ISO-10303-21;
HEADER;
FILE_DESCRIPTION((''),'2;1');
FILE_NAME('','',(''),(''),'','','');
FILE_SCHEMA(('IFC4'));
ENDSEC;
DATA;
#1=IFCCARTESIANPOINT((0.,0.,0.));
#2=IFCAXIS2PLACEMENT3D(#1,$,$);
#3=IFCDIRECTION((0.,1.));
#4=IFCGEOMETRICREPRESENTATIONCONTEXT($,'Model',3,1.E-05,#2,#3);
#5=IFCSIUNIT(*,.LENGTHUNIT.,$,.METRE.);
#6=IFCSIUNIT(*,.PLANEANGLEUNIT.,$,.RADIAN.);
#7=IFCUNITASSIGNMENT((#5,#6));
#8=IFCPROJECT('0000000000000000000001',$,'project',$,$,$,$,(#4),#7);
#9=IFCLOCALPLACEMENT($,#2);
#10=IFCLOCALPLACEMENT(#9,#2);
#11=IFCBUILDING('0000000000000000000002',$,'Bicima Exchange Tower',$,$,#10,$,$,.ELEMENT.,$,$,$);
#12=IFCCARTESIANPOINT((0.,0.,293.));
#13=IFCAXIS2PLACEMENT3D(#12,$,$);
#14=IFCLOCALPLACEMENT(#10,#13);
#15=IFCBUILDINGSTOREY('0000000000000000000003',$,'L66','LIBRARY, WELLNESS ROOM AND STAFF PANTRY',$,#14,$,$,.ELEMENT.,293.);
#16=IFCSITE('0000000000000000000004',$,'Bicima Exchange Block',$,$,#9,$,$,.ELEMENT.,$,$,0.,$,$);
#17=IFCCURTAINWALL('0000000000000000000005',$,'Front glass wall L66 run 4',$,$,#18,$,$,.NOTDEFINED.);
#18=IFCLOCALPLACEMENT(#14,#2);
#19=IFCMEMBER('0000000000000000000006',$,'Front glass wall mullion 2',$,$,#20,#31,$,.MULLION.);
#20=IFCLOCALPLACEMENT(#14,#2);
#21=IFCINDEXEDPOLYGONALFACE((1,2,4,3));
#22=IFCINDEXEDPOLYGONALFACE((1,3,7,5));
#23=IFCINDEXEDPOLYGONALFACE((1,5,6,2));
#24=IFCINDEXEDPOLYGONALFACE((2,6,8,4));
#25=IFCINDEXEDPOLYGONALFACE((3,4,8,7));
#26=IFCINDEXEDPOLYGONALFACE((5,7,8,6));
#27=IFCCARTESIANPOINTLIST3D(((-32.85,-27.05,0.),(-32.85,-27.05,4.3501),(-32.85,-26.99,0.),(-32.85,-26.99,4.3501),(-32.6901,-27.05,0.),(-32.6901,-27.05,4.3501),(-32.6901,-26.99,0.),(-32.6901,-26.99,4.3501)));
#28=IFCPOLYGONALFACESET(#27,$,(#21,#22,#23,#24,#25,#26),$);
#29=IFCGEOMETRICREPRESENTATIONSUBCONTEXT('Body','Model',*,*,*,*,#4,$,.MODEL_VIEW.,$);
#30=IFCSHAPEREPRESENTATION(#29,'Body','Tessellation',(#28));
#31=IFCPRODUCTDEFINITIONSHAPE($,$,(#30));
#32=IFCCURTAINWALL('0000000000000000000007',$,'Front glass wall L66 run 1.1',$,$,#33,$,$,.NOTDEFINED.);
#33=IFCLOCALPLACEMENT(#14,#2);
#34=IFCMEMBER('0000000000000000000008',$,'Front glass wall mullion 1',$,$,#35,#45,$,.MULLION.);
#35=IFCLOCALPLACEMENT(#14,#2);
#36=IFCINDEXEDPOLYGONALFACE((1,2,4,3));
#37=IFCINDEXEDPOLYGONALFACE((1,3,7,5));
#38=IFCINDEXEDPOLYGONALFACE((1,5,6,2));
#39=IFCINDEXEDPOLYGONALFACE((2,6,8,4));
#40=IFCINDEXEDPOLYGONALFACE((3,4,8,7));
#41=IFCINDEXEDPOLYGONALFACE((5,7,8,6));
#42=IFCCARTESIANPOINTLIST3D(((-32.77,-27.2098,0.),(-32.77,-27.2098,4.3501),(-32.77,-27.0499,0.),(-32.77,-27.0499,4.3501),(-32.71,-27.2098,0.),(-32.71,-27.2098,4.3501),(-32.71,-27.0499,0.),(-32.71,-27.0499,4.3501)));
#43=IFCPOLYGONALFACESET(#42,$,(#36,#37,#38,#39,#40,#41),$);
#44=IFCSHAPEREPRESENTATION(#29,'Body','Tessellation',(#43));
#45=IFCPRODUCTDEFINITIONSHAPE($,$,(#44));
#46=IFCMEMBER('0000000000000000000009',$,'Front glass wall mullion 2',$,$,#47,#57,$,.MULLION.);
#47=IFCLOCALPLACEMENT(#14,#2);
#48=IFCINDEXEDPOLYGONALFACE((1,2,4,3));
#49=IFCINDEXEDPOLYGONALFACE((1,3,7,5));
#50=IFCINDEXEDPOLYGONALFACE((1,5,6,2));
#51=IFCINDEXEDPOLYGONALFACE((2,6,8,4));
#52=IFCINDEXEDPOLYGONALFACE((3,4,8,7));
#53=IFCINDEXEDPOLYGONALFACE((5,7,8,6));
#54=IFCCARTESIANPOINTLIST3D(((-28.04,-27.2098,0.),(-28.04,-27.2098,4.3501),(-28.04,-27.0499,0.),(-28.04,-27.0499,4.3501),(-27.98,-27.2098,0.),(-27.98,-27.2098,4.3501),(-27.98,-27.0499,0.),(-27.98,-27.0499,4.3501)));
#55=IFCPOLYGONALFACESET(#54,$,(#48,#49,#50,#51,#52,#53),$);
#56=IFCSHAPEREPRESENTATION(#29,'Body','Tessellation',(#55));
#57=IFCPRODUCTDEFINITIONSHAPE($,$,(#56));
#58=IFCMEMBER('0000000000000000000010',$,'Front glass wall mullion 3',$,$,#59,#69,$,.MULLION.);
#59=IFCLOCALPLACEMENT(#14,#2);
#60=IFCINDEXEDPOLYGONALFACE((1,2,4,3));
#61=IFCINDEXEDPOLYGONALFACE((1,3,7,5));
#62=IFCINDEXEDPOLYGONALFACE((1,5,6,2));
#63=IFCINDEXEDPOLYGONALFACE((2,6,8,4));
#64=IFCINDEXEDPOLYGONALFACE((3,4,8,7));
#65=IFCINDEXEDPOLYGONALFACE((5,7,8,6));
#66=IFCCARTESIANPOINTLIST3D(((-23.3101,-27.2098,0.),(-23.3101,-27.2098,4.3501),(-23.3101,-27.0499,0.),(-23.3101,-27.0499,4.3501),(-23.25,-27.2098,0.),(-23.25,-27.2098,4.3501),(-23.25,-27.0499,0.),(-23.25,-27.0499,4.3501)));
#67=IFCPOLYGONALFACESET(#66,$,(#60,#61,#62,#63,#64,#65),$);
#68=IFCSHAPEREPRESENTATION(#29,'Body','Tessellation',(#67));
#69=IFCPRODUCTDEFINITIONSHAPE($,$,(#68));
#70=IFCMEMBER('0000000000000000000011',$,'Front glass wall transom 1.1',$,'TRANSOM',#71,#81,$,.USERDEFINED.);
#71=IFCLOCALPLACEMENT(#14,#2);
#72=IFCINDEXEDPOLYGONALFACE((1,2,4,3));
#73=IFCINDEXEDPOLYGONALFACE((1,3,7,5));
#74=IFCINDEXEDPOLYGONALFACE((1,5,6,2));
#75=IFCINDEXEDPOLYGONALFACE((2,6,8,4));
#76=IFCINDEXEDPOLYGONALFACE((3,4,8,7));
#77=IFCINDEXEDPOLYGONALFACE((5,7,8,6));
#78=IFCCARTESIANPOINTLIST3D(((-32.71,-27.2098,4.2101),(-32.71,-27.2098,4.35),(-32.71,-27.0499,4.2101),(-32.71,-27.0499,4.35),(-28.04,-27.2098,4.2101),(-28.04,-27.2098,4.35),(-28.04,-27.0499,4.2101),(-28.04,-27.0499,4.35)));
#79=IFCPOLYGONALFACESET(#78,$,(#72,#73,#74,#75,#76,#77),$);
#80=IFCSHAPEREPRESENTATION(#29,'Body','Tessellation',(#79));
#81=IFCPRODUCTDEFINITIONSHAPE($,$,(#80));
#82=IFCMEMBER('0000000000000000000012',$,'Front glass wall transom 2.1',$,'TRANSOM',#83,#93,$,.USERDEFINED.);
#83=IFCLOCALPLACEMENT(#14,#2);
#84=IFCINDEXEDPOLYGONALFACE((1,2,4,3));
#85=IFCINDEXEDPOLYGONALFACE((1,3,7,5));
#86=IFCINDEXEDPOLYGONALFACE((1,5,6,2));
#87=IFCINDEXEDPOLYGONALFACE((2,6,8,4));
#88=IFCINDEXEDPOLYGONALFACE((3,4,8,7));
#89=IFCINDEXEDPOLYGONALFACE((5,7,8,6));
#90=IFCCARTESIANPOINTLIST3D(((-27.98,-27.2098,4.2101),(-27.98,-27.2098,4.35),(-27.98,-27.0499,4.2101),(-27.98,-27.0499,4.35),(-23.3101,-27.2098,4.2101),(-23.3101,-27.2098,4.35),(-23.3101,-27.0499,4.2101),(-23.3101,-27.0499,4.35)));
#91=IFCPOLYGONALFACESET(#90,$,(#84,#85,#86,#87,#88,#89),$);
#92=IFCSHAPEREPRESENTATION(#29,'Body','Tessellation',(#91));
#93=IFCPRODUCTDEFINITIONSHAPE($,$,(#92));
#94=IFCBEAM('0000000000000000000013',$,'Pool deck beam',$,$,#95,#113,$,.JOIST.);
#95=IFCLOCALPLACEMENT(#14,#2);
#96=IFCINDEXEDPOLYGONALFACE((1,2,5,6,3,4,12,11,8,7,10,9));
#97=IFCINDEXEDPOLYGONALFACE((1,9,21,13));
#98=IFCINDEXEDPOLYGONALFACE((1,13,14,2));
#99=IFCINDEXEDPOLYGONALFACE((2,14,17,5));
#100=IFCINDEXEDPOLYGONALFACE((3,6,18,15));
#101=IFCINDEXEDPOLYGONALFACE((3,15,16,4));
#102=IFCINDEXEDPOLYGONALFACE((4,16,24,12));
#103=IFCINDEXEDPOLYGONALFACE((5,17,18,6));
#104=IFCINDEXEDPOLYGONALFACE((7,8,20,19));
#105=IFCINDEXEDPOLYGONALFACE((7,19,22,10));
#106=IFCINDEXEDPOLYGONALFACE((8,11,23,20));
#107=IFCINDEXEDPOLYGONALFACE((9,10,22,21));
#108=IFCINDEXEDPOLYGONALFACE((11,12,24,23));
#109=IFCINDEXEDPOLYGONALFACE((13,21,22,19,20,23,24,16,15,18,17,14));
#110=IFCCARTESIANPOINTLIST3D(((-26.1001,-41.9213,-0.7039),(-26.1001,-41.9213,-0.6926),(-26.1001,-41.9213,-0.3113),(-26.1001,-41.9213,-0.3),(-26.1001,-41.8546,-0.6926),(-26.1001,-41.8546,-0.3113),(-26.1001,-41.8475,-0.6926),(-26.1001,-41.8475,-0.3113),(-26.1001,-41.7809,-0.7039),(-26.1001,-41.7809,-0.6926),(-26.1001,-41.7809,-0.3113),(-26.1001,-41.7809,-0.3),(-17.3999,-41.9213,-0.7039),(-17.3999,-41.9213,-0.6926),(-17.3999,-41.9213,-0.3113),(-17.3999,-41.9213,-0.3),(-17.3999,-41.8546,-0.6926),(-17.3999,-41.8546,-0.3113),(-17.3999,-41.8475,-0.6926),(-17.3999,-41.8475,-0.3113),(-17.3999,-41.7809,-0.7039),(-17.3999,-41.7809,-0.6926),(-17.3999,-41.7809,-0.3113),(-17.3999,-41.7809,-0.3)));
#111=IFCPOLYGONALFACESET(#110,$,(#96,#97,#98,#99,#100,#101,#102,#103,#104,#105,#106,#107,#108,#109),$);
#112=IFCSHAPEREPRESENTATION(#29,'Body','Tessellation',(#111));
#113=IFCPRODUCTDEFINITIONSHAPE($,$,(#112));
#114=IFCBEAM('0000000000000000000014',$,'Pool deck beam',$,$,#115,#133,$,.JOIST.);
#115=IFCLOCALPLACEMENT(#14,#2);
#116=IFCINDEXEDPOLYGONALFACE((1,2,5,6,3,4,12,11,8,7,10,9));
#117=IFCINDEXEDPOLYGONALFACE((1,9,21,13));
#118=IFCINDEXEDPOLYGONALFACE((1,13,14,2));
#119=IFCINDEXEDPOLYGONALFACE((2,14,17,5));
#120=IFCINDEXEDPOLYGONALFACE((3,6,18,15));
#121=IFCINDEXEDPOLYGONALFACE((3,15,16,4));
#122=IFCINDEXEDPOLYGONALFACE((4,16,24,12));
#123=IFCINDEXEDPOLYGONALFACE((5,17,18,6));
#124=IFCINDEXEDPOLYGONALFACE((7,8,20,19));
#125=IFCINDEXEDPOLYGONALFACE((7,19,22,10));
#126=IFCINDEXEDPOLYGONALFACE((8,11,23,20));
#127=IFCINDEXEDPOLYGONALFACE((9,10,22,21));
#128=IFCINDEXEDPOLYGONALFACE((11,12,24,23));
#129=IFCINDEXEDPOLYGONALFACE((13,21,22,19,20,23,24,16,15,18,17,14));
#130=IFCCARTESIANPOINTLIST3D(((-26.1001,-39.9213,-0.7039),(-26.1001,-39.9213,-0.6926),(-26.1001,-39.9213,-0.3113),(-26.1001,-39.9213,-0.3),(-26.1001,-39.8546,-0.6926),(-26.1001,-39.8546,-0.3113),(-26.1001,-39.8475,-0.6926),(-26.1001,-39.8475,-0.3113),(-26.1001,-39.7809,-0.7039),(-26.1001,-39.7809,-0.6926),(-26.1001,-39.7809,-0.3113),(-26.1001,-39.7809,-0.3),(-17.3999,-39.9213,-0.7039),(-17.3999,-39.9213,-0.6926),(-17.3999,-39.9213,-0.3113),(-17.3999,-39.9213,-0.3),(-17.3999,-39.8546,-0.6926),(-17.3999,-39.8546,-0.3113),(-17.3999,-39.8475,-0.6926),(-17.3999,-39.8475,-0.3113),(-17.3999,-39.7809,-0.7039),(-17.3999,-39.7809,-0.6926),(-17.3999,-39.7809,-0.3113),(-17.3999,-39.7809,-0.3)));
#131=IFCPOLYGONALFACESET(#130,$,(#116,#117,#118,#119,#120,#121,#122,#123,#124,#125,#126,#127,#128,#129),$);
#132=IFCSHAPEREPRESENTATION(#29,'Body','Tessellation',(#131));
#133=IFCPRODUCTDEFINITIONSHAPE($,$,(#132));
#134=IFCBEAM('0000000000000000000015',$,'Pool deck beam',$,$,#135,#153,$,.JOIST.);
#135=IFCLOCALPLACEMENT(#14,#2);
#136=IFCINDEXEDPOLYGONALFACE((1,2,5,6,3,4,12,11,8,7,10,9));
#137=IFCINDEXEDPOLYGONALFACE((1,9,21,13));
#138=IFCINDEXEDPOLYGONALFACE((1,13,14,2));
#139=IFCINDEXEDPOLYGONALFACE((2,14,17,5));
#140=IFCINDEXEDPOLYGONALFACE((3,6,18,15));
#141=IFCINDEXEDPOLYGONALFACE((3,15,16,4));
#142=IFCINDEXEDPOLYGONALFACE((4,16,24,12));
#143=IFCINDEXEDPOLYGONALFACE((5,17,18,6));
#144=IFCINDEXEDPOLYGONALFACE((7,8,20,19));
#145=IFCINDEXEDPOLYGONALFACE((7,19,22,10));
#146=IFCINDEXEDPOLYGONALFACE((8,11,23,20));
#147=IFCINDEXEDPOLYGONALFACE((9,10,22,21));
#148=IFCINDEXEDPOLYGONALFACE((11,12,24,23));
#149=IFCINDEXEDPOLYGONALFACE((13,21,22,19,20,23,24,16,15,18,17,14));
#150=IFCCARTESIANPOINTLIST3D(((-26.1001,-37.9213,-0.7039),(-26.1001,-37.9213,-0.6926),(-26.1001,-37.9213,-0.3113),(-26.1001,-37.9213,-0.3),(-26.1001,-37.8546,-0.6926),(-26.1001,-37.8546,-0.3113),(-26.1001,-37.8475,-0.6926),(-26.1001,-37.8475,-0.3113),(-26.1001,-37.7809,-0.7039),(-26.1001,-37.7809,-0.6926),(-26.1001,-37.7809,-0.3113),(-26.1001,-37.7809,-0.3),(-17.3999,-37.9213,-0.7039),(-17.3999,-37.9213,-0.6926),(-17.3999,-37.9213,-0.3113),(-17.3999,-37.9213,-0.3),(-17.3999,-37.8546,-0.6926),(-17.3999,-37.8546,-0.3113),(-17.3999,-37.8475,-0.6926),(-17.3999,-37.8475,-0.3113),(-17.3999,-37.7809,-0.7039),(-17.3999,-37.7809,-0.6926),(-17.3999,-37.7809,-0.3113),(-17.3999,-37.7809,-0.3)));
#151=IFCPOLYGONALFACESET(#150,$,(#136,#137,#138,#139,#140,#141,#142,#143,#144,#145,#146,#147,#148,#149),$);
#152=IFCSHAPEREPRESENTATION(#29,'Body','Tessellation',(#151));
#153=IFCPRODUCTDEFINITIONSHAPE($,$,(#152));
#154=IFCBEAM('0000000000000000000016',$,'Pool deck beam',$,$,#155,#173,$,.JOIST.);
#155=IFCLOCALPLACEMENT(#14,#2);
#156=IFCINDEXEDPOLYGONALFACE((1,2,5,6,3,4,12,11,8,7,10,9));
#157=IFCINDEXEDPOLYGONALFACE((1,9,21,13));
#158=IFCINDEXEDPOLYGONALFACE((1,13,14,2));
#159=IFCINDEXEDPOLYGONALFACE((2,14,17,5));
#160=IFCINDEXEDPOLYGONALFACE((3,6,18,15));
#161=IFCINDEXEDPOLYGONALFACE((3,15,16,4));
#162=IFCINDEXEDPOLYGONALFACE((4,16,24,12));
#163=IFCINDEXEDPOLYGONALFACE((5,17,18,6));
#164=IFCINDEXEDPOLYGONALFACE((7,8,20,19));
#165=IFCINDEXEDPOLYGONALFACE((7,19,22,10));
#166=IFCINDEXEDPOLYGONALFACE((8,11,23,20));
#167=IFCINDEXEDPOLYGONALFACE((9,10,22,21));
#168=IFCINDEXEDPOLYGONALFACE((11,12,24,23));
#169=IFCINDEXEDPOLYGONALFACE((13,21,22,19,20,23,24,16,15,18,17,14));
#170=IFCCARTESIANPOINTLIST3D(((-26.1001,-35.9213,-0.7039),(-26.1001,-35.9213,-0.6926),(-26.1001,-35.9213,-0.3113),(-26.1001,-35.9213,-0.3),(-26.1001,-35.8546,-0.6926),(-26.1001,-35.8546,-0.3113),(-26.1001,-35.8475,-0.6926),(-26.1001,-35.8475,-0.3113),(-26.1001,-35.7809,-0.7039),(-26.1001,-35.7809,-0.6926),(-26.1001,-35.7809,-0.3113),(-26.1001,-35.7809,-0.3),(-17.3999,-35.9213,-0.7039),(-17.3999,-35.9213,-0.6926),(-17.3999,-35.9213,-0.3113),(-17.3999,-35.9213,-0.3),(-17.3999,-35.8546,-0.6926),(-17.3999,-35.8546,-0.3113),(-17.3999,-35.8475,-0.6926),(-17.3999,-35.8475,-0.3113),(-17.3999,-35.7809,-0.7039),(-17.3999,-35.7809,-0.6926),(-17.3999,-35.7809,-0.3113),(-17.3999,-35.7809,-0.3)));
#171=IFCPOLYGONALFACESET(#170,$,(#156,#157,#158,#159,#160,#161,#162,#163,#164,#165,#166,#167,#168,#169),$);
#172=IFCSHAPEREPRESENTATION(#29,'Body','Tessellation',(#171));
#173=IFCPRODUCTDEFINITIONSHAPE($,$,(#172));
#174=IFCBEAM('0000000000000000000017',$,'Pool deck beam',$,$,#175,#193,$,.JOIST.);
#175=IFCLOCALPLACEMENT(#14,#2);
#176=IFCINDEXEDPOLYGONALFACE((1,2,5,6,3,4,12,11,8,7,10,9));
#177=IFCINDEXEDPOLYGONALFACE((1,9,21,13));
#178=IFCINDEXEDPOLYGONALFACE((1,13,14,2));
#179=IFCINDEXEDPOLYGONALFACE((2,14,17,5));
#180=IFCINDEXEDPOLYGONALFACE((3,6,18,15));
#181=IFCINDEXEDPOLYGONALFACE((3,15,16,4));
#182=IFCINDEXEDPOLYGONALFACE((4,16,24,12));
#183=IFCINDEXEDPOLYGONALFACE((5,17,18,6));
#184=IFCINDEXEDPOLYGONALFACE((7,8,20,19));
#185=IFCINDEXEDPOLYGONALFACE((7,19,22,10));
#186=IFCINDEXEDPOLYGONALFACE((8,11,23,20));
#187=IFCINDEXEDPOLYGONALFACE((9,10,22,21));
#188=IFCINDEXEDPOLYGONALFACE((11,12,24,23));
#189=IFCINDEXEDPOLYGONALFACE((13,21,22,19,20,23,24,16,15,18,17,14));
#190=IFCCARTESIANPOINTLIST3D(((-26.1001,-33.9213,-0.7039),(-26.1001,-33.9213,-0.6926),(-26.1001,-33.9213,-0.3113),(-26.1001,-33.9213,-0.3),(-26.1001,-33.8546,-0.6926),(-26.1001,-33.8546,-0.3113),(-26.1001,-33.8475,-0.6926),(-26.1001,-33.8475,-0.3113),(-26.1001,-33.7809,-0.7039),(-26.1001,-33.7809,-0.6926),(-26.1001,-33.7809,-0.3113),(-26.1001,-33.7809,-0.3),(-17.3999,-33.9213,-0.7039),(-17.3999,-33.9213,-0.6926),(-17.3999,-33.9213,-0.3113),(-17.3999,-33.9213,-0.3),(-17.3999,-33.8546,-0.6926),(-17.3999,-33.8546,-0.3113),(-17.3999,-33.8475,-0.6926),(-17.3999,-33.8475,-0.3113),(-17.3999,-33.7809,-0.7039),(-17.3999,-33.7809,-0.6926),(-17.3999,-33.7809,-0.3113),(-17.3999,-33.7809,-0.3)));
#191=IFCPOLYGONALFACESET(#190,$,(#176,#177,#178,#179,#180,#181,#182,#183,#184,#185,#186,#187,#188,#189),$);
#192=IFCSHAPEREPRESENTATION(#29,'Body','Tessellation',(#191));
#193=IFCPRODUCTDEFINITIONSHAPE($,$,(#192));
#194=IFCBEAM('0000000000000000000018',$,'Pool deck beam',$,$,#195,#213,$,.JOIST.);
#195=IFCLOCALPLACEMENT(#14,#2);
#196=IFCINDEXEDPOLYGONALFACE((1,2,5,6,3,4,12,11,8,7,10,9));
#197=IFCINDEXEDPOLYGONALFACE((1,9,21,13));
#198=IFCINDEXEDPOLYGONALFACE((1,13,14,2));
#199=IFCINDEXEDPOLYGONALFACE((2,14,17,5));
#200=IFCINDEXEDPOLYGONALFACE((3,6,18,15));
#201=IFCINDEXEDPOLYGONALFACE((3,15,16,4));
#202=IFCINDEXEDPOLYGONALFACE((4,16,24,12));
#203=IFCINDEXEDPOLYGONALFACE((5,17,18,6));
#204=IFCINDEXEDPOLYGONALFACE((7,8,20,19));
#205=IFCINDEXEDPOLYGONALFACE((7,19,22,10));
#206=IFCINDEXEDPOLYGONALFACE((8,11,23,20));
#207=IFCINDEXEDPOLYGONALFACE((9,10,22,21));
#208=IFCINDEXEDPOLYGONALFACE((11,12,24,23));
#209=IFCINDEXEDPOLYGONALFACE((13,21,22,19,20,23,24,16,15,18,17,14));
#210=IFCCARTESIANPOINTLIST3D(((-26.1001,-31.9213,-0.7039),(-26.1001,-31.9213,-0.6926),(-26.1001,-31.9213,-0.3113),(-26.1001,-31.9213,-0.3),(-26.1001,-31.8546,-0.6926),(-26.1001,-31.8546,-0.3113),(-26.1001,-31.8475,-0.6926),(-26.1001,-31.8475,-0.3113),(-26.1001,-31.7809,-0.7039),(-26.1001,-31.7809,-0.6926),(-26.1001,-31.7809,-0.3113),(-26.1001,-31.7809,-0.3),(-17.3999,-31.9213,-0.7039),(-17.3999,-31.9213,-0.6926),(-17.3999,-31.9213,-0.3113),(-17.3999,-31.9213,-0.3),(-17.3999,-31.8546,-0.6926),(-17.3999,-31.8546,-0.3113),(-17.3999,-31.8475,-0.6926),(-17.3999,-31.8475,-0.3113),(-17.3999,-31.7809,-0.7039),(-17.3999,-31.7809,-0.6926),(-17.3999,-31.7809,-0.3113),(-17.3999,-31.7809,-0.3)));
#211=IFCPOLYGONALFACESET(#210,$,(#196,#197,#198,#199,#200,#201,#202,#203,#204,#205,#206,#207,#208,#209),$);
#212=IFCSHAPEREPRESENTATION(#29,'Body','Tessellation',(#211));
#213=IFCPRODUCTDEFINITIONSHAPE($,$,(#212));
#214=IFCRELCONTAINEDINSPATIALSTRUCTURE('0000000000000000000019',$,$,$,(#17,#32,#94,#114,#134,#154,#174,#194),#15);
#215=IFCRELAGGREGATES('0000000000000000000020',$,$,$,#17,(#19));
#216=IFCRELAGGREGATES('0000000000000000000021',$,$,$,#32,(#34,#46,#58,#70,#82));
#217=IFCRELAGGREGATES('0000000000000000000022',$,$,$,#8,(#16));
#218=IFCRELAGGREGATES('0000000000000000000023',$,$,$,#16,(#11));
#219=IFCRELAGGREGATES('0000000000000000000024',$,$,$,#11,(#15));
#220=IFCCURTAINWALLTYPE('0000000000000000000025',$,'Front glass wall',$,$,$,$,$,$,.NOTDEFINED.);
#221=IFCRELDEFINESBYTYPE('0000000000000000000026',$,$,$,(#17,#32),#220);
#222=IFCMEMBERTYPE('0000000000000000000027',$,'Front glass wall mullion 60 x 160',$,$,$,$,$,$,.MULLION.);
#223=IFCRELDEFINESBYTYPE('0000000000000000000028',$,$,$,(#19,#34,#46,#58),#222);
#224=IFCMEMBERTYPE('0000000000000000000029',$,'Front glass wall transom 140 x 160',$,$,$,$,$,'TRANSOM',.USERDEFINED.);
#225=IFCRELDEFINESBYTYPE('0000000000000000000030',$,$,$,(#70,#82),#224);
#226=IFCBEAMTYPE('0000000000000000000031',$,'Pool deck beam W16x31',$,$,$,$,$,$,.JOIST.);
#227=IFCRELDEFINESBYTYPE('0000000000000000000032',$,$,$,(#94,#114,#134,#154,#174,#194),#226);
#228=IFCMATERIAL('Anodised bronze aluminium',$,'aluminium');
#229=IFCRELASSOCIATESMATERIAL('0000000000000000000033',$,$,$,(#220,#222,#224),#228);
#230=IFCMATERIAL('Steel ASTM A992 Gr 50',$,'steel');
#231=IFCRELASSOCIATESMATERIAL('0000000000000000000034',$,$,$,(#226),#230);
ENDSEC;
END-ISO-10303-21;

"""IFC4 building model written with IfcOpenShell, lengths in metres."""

from ifc_helpers import new_model, si_unit, direction, frame, origin, origin_2d, place, context, subcontext, project, spatial, rectangle, i_section, extrude, material, material_profile, profile_set, type_object, element, aggregate, save


model = new_model("IFC4")

# Units and contexts
model_context = context("Model", 3, precision=1e-05, world=origin(), true_north=direction((0.0, 1.0)))
body_context = subcontext(model_context, "Body", "Model", "MODEL_VIEW")
ifc_project = project(units=[si_unit("LENGTHUNIT", "METRE"), si_unit("PLANEANGLEUNIT", "RADIAN")], contexts=[model_context])

# Site, building, storey
site_placement = place(None, origin())
site = spatial("IfcSite", under=ifc_project, at=site_placement, Name="Bicima Exchange Block", CompositionType="ELEMENT", RefElevation=0.0)
building_placement = place(site_placement, origin())
building = spatial("IfcBuilding", under=site, at=building_placement, Name="Bicima Exchange Tower", CompositionType="ELEMENT")
storey_placement = place(building_placement, frame((0.0, 0.0, 293.0)))
storey = spatial("IfcBuildingStorey", under=building, at=storey_placement, Name="L66", Description="LIBRARY, WELLNESS ROOM AND STAFF PANTRY", CompositionType="ELEMENT", Elevation=293.0)

# Curtain wall, member
ifc_material_1 = material(Name="Anodised bronze aluminium", Category="aluminium")
curtain_wall_type = type_object("IfcCurtainWallType", Name="Front glass wall", PredefinedType="NOTDEFINED", material=ifc_material_1)
curtain_wall_1_placement = place(storey_placement, origin())
curtain_wall_1 = element("IfcCurtainWall", 1, at=curtain_wall_1_placement, inside=storey, type_object=curtain_wall_type, Name="Front glass wall L66 run 4", PredefinedType="NOTDEFINED")
ifc_material_profile_1 = material_profile(ifc_material_1, rectangle(XDim=0.1599, YDim=0.0601, at=origin_2d()))
ifc_profile_set_1 = profile_set([ifc_material_profile_1], Name="Anodised bronze aluminium")
member_type_1 = type_object("IfcMemberType", Name="Front glass wall mullion 60 x 160", PredefinedType="MULLION", material=ifc_profile_set_1)
member_1_placement = place(storey_placement, frame((-32.77, -27.02, 0.0), z_axis=(0.0, 0.0, 1.0), x_axis=(1.0, 0.0, 0.0)))
member_1 = element("IfcMember", 2, at=member_1_placement, type_object=member_type_1, Name="Front glass wall mullion 2", PredefinedType="MULLION", context=body_context, shape_type="SweptSolid", body=[
    extrude(rectangle(XDim=0.1599, YDim=0.0601, at=origin_2d()), origin(), (0.0, 0.0, 1.0), 4.3501),
])

# Curtain wall, members
curtain_wall_2_placement = place(storey_placement, origin())
curtain_wall_2 = element("IfcCurtainWall", 3, at=curtain_wall_2_placement, inside=storey, type_object=curtain_wall_type, Name="Front glass wall L66 run 1.1", PredefinedType="NOTDEFINED")
member_2_placement = place(storey_placement, frame((-32.74, -27.1299, 0.0), z_axis=(0.0, 0.0, 1.0), x_axis=(0.0, 1.0, 0.0)))
member_2 = element("IfcMember", 4, at=member_2_placement, type_object=member_type_1, Name="Front glass wall mullion 1", PredefinedType="MULLION", context=body_context, shape_type="SweptSolid", body=[
    extrude(rectangle(XDim=0.1599, YDim=0.0601, at=origin_2d()), origin(), (0.0, 0.0, 1.0), 4.3501),
])
member_3_placement = place(storey_placement, frame((-28.01, -27.1299, 0.0), z_axis=(0.0, 0.0, 1.0), x_axis=(0.0, 1.0, 0.0)))
member_3 = element("IfcMember", 5, at=member_3_placement, type_object=member_type_1, Name="Front glass wall mullion 2", PredefinedType="MULLION", context=body_context, shape_type="SweptSolid", body=[
    extrude(rectangle(XDim=0.1599, YDim=0.0601, at=origin_2d()), origin(), (0.0, 0.0, 1.0), 4.3501),
])
member_4_placement = place(storey_placement, frame((-23.28, -27.1299, 0.0), z_axis=(0.0, 0.0, 1.0), x_axis=(0.0, 1.0, 0.0)))
member_4 = element("IfcMember", 6, at=member_4_placement, type_object=member_type_1, Name="Front glass wall mullion 3", PredefinedType="MULLION", context=body_context, shape_type="SweptSolid", body=[
    extrude(rectangle(XDim=0.1599, YDim=0.0601, at=origin_2d()), origin(), (0.0, 0.0, 1.0), 4.3501),
])
ifc_material_profile_2 = material_profile(ifc_material_1, rectangle(XDim=0.1599, YDim=0.1399, at=origin_2d()))
ifc_profile_set_2 = profile_set([ifc_material_profile_2], Name="Anodised bronze aluminium")
member_type_2 = type_object("IfcMemberType", Name="Front glass wall transom 140 x 160", ElementType="TRANSOM", PredefinedType="USERDEFINED", material=ifc_profile_set_2)
member_5_placement = place(storey_placement, frame((-32.71, -27.1299, 4.28), z_axis=(1.0, 0.0, 0.0), x_axis=(0.0, 1.0, 0.0)))
member_5 = element("IfcMember", 7, at=member_5_placement, type_object=member_type_2, Name="Front glass wall transom 1.1", ObjectType="TRANSOM", PredefinedType="USERDEFINED", context=body_context, shape_type="SweptSolid", body=[
    extrude(rectangle(XDim=0.1599, YDim=0.1399, at=origin_2d()), origin(), (0.0, 0.0, 1.0), 4.6699),
])
member_6_placement = place(storey_placement, frame((-27.98, -27.1299, 4.28), z_axis=(1.0, 0.0, 0.0), x_axis=(0.0, 1.0, 0.0)))
member_6 = element("IfcMember", 8, at=member_6_placement, type_object=member_type_2, Name="Front glass wall transom 2.1", ObjectType="TRANSOM", PredefinedType="USERDEFINED", context=body_context, shape_type="SweptSolid", body=[
    extrude(rectangle(XDim=0.1599, YDim=0.1399, at=origin_2d()), origin(), (0.0, 0.0, 1.0), 4.6699),
])

# Beams
ifc_material_2 = material(Name="Steel ASTM A992 Gr 50", Category="steel")
ifc_material_profile_3 = material_profile(ifc_material_2, i_section(OverallWidth=0.1404, OverallDepth=0.4038, WebThickness=0.0071, FlangeThickness=0.0112, at=origin_2d()))
ifc_profile_set_3 = profile_set([ifc_material_profile_3], Name="Steel ASTM A992 Gr 50")
beam_type = type_object("IfcBeamType", Name="Pool deck beam W16x31", PredefinedType="JOIST", material=ifc_profile_set_3)
for number, where, z_axis, x_axis, name in (
    (9, (-26.1001, -41.8511, -0.502), (1.0, 0.0, 0.0), (0.0, 1.0, 0.0), "Pool deck beam"),
    (10, (-26.1001, -39.8511, -0.502), (1.0, 0.0, 0.0), (0.0, 1.0, 0.0), "Pool deck beam"),
    (11, (-26.1001, -37.8511, -0.502), (1.0, 0.0, 0.0), (0.0, 1.0, 0.0), "Pool deck beam"),
    (12, (-26.1001, -35.8511, -0.502), (1.0, 0.0, 0.0), (0.0, 1.0, 0.0), "Pool deck beam"),
    (13, (-26.1001, -33.8511, -0.502), (1.0, 0.0, 0.0), (0.0, 1.0, 0.0), "Pool deck beam"),
    (14, (-26.1001, -31.8511, -0.502), (1.0, 0.0, 0.0), (0.0, 1.0, 0.0), "Pool deck beam"),
):
    element("IfcBeam", number, at=place(storey_placement, frame(where, z_axis=z_axis, x_axis=x_axis)), inside=storey, type_object=beam_type, Name=name, PredefinedType="JOIST", context=body_context, shape_type="SweptSolid", body=[
        extrude(i_section(OverallWidth=0.1404, OverallDepth=0.4038, WebThickness=0.0071, FlangeThickness=0.0112, at=origin_2d()), origin(), (0.0, 0.0, 1.0), 8.7002),
    ])

aggregate(curtain_wall_1, [member_1])
aggregate(curtain_wall_2, [member_2, member_3, member_4, member_5, member_6])

save(model, "model.ifc")
